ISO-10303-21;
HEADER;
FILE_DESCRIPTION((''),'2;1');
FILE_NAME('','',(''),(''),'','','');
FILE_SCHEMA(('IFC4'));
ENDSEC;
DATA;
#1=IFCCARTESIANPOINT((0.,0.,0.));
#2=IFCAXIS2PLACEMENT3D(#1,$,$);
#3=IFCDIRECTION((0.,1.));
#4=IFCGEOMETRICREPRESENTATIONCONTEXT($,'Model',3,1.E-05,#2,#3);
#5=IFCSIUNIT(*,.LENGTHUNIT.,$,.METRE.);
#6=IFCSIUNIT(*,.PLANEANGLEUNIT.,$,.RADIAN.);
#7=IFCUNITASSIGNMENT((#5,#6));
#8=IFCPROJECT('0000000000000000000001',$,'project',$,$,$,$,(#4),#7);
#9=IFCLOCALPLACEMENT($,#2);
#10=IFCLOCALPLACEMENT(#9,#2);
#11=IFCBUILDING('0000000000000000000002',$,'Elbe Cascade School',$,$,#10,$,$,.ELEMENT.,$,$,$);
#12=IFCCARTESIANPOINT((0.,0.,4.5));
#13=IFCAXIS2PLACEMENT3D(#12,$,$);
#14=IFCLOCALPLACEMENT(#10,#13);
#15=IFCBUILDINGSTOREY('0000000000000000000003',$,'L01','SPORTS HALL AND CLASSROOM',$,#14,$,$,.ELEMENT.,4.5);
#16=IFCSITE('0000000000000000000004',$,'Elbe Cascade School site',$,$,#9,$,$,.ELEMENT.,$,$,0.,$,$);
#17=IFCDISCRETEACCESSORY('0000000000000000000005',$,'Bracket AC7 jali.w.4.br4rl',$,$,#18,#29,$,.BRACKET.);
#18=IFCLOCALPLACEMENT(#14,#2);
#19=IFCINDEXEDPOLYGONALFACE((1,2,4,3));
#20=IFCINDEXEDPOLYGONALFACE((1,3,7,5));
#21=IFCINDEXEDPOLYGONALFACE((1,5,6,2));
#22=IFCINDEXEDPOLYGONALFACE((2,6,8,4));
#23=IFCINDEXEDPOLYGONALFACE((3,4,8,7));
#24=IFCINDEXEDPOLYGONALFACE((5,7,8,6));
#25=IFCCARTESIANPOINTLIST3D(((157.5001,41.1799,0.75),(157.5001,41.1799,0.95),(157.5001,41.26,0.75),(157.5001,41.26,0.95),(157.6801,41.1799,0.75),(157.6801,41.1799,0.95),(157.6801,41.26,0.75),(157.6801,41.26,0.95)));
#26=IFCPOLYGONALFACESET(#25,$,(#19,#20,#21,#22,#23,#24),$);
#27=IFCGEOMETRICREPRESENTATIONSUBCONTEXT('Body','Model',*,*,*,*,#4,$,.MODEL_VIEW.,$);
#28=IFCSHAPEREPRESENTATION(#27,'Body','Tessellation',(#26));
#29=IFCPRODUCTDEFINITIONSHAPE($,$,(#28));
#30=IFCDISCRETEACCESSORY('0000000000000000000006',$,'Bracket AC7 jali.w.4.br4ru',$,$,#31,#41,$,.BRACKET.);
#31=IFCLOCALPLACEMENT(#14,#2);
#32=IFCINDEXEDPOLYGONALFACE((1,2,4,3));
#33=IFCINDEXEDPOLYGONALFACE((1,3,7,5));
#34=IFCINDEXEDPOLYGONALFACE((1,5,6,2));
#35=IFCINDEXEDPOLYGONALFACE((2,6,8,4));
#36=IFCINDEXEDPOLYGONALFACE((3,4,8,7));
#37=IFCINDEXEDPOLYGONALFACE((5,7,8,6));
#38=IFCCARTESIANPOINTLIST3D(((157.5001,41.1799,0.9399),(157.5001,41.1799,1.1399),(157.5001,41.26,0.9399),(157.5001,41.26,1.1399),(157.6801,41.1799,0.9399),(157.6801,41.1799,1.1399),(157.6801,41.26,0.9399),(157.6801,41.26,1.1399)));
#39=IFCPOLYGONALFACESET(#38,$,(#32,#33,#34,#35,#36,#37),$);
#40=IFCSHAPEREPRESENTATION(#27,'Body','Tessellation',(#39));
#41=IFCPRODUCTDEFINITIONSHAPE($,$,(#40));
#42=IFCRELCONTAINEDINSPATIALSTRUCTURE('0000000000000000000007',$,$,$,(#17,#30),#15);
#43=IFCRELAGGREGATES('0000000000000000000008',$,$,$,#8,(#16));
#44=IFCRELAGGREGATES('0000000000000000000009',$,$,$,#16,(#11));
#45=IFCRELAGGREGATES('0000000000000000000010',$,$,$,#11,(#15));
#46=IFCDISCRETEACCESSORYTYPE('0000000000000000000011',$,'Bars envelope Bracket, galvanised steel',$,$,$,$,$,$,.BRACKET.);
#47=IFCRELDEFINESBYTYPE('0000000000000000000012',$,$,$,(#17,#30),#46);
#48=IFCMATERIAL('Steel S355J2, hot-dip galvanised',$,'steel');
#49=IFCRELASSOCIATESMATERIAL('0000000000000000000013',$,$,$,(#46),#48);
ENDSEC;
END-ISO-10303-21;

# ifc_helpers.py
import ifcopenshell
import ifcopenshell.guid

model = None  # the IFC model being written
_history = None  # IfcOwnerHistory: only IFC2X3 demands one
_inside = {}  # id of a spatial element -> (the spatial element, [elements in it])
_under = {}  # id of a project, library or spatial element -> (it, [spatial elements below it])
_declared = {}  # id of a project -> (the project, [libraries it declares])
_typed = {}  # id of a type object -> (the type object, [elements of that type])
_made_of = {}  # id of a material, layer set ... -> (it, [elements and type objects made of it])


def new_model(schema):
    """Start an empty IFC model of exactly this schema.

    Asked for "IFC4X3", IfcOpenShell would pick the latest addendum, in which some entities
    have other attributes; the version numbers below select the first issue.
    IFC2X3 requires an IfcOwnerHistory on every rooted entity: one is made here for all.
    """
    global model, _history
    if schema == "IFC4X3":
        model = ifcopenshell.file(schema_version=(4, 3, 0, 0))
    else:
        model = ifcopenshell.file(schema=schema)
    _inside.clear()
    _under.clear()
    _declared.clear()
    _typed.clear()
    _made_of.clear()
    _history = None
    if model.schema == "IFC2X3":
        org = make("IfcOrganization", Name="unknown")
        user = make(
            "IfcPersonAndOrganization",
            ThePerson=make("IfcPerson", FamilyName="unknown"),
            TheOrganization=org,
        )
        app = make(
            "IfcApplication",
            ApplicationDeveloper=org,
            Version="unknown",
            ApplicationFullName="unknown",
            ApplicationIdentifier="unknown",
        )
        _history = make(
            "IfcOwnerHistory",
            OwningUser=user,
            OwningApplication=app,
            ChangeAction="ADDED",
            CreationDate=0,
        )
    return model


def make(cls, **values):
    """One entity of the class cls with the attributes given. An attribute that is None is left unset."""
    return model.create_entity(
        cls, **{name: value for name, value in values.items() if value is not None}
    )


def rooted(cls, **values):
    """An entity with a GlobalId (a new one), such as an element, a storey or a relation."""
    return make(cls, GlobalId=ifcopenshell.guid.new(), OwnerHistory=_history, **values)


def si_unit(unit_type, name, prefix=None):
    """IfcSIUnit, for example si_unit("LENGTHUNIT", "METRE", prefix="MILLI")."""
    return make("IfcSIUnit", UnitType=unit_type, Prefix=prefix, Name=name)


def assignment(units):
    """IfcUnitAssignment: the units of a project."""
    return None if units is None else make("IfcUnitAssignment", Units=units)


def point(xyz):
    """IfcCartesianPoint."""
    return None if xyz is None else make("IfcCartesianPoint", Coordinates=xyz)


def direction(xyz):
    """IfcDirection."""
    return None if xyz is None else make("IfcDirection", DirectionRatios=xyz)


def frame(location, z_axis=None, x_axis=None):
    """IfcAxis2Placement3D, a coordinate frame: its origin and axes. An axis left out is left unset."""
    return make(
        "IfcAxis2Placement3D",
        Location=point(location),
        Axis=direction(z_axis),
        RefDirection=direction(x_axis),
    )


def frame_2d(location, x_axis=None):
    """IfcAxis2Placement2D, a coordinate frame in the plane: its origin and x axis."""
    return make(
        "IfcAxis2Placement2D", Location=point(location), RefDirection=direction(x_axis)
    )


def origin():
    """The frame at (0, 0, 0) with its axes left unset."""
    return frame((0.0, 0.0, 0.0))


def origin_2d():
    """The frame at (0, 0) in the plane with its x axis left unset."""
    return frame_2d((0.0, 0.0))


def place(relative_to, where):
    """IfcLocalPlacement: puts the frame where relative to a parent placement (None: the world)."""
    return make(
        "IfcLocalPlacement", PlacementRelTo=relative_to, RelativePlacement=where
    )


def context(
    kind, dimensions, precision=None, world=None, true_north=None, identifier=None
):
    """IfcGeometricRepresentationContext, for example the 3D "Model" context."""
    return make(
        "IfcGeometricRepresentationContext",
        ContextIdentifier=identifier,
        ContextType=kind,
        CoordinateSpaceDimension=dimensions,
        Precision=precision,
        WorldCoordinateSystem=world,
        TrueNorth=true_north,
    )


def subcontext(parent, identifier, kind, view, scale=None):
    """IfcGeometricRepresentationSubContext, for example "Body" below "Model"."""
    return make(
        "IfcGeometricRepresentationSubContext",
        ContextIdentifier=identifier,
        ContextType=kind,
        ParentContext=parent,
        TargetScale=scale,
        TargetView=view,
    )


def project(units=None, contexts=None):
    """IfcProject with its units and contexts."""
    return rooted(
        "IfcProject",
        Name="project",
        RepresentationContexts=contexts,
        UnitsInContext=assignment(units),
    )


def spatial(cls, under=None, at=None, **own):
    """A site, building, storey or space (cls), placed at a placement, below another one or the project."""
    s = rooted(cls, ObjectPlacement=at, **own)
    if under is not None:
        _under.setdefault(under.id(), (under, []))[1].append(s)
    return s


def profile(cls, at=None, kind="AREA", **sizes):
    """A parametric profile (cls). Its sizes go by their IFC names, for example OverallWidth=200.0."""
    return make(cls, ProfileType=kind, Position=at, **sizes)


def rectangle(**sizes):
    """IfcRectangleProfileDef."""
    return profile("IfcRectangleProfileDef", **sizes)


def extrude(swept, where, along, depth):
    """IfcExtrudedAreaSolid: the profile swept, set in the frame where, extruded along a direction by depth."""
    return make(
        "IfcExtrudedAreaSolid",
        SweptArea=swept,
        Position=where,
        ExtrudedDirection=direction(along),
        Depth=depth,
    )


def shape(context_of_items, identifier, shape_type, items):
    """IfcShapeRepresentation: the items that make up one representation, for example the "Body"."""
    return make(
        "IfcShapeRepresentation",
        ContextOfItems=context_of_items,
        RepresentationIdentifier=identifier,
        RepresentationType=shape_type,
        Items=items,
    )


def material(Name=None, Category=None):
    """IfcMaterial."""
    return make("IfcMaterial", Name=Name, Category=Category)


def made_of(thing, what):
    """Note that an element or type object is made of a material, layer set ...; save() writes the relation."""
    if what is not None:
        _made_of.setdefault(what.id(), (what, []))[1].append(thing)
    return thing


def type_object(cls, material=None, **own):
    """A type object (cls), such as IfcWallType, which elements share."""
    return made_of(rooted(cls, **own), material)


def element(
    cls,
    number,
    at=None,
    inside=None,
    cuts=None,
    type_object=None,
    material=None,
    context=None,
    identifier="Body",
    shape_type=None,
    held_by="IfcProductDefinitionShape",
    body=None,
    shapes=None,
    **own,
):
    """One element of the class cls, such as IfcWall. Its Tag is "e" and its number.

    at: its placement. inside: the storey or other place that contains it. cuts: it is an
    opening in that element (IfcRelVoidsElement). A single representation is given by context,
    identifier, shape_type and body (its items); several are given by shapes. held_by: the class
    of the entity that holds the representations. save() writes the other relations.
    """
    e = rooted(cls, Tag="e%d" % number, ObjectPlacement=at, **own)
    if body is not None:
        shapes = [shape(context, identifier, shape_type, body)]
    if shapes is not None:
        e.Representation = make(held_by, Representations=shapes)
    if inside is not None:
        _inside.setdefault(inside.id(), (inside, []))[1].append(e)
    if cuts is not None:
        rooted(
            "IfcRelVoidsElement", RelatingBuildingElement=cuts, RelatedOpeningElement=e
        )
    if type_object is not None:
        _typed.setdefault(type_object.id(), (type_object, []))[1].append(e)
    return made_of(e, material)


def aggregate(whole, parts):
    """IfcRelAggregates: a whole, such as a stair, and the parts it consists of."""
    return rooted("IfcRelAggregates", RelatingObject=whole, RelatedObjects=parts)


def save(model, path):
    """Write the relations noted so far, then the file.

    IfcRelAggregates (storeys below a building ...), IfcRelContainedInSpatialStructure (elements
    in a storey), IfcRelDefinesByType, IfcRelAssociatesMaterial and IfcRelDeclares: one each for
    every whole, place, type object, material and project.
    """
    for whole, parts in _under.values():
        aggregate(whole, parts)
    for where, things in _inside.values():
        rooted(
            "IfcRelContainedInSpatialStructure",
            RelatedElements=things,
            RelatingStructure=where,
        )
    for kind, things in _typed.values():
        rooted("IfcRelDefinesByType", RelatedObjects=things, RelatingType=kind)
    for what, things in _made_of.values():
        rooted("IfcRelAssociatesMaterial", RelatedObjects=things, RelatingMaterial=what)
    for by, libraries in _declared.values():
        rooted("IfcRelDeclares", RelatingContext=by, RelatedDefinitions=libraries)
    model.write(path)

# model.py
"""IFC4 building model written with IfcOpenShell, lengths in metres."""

from ifc_helpers import new_model, si_unit, direction, frame, origin, origin_2d, place, context, subcontext, project, spatial, rectangle, extrude, material, type_object, element, save


model = new_model("IFC4")

# Units and contexts
model_context = context("Model", 3, precision=1e-05, world=origin(), true_north=direction((0.0, 1.0)))
body_context = subcontext(model_context, "Body", "Model", "MODEL_VIEW")
ifc_project = project(units=[si_unit("LENGTHUNIT", "METRE"), si_unit("PLANEANGLEUNIT", "RADIAN")], contexts=[model_context])

# Site, building, storey
site_placement = place(None, origin())
site = spatial("IfcSite", under=ifc_project, at=site_placement, Name="Elbe Cascade School site", CompositionType="ELEMENT", RefElevation=0.0)
building_placement = place(site_placement, origin())
building = spatial("IfcBuilding", under=site, at=building_placement, Name="Elbe Cascade School", CompositionType="ELEMENT")
storey_placement = place(building_placement, frame((0.0, 0.0, 4.5)))
storey = spatial("IfcBuildingStorey", under=building, at=storey_placement, Name="L01", Description="SPORTS HALL AND CLASSROOM", CompositionType="ELEMENT", Elevation=4.5)

# Discrete accessories
ifc_material_1 = material(Name="Steel S355J2, hot-dip galvanised", Category="steel")
discrete_accessory_type = type_object("IfcDiscreteAccessoryType", Name="Bars envelope Bracket, galvanised steel", PredefinedType="BRACKET", material=ifc_material_1)
for number, where, z_axis, x_axis, name in (
    (1, (157.5901, 41.22, 0.75), (0.0, 0.0, 1.0), (0.0, 1.0, 0.0), "Bracket AC7 jali.w.4.br4rl"),
    (2, (157.5901, 41.22, 0.9399), (0.0, 0.0, 1.0), (0.0, 1.0, 0.0), "Bracket AC7 jali.w.4.br4ru"),
):
    element("IfcDiscreteAccessory", number, at=place(storey_placement, frame(where, z_axis=z_axis, x_axis=x_axis)), inside=storey, type_object=discrete_accessory_type, Name=name, PredefinedType="BRACKET", context=body_context, shape_type="SweptSolid", body=[
        extrude(rectangle(XDim=0.0801, YDim=0.1799, at=origin_2d()), origin(), (0.0, 0.0, 1.0), 0.2),
    ])

save(model, "model.ifc")
